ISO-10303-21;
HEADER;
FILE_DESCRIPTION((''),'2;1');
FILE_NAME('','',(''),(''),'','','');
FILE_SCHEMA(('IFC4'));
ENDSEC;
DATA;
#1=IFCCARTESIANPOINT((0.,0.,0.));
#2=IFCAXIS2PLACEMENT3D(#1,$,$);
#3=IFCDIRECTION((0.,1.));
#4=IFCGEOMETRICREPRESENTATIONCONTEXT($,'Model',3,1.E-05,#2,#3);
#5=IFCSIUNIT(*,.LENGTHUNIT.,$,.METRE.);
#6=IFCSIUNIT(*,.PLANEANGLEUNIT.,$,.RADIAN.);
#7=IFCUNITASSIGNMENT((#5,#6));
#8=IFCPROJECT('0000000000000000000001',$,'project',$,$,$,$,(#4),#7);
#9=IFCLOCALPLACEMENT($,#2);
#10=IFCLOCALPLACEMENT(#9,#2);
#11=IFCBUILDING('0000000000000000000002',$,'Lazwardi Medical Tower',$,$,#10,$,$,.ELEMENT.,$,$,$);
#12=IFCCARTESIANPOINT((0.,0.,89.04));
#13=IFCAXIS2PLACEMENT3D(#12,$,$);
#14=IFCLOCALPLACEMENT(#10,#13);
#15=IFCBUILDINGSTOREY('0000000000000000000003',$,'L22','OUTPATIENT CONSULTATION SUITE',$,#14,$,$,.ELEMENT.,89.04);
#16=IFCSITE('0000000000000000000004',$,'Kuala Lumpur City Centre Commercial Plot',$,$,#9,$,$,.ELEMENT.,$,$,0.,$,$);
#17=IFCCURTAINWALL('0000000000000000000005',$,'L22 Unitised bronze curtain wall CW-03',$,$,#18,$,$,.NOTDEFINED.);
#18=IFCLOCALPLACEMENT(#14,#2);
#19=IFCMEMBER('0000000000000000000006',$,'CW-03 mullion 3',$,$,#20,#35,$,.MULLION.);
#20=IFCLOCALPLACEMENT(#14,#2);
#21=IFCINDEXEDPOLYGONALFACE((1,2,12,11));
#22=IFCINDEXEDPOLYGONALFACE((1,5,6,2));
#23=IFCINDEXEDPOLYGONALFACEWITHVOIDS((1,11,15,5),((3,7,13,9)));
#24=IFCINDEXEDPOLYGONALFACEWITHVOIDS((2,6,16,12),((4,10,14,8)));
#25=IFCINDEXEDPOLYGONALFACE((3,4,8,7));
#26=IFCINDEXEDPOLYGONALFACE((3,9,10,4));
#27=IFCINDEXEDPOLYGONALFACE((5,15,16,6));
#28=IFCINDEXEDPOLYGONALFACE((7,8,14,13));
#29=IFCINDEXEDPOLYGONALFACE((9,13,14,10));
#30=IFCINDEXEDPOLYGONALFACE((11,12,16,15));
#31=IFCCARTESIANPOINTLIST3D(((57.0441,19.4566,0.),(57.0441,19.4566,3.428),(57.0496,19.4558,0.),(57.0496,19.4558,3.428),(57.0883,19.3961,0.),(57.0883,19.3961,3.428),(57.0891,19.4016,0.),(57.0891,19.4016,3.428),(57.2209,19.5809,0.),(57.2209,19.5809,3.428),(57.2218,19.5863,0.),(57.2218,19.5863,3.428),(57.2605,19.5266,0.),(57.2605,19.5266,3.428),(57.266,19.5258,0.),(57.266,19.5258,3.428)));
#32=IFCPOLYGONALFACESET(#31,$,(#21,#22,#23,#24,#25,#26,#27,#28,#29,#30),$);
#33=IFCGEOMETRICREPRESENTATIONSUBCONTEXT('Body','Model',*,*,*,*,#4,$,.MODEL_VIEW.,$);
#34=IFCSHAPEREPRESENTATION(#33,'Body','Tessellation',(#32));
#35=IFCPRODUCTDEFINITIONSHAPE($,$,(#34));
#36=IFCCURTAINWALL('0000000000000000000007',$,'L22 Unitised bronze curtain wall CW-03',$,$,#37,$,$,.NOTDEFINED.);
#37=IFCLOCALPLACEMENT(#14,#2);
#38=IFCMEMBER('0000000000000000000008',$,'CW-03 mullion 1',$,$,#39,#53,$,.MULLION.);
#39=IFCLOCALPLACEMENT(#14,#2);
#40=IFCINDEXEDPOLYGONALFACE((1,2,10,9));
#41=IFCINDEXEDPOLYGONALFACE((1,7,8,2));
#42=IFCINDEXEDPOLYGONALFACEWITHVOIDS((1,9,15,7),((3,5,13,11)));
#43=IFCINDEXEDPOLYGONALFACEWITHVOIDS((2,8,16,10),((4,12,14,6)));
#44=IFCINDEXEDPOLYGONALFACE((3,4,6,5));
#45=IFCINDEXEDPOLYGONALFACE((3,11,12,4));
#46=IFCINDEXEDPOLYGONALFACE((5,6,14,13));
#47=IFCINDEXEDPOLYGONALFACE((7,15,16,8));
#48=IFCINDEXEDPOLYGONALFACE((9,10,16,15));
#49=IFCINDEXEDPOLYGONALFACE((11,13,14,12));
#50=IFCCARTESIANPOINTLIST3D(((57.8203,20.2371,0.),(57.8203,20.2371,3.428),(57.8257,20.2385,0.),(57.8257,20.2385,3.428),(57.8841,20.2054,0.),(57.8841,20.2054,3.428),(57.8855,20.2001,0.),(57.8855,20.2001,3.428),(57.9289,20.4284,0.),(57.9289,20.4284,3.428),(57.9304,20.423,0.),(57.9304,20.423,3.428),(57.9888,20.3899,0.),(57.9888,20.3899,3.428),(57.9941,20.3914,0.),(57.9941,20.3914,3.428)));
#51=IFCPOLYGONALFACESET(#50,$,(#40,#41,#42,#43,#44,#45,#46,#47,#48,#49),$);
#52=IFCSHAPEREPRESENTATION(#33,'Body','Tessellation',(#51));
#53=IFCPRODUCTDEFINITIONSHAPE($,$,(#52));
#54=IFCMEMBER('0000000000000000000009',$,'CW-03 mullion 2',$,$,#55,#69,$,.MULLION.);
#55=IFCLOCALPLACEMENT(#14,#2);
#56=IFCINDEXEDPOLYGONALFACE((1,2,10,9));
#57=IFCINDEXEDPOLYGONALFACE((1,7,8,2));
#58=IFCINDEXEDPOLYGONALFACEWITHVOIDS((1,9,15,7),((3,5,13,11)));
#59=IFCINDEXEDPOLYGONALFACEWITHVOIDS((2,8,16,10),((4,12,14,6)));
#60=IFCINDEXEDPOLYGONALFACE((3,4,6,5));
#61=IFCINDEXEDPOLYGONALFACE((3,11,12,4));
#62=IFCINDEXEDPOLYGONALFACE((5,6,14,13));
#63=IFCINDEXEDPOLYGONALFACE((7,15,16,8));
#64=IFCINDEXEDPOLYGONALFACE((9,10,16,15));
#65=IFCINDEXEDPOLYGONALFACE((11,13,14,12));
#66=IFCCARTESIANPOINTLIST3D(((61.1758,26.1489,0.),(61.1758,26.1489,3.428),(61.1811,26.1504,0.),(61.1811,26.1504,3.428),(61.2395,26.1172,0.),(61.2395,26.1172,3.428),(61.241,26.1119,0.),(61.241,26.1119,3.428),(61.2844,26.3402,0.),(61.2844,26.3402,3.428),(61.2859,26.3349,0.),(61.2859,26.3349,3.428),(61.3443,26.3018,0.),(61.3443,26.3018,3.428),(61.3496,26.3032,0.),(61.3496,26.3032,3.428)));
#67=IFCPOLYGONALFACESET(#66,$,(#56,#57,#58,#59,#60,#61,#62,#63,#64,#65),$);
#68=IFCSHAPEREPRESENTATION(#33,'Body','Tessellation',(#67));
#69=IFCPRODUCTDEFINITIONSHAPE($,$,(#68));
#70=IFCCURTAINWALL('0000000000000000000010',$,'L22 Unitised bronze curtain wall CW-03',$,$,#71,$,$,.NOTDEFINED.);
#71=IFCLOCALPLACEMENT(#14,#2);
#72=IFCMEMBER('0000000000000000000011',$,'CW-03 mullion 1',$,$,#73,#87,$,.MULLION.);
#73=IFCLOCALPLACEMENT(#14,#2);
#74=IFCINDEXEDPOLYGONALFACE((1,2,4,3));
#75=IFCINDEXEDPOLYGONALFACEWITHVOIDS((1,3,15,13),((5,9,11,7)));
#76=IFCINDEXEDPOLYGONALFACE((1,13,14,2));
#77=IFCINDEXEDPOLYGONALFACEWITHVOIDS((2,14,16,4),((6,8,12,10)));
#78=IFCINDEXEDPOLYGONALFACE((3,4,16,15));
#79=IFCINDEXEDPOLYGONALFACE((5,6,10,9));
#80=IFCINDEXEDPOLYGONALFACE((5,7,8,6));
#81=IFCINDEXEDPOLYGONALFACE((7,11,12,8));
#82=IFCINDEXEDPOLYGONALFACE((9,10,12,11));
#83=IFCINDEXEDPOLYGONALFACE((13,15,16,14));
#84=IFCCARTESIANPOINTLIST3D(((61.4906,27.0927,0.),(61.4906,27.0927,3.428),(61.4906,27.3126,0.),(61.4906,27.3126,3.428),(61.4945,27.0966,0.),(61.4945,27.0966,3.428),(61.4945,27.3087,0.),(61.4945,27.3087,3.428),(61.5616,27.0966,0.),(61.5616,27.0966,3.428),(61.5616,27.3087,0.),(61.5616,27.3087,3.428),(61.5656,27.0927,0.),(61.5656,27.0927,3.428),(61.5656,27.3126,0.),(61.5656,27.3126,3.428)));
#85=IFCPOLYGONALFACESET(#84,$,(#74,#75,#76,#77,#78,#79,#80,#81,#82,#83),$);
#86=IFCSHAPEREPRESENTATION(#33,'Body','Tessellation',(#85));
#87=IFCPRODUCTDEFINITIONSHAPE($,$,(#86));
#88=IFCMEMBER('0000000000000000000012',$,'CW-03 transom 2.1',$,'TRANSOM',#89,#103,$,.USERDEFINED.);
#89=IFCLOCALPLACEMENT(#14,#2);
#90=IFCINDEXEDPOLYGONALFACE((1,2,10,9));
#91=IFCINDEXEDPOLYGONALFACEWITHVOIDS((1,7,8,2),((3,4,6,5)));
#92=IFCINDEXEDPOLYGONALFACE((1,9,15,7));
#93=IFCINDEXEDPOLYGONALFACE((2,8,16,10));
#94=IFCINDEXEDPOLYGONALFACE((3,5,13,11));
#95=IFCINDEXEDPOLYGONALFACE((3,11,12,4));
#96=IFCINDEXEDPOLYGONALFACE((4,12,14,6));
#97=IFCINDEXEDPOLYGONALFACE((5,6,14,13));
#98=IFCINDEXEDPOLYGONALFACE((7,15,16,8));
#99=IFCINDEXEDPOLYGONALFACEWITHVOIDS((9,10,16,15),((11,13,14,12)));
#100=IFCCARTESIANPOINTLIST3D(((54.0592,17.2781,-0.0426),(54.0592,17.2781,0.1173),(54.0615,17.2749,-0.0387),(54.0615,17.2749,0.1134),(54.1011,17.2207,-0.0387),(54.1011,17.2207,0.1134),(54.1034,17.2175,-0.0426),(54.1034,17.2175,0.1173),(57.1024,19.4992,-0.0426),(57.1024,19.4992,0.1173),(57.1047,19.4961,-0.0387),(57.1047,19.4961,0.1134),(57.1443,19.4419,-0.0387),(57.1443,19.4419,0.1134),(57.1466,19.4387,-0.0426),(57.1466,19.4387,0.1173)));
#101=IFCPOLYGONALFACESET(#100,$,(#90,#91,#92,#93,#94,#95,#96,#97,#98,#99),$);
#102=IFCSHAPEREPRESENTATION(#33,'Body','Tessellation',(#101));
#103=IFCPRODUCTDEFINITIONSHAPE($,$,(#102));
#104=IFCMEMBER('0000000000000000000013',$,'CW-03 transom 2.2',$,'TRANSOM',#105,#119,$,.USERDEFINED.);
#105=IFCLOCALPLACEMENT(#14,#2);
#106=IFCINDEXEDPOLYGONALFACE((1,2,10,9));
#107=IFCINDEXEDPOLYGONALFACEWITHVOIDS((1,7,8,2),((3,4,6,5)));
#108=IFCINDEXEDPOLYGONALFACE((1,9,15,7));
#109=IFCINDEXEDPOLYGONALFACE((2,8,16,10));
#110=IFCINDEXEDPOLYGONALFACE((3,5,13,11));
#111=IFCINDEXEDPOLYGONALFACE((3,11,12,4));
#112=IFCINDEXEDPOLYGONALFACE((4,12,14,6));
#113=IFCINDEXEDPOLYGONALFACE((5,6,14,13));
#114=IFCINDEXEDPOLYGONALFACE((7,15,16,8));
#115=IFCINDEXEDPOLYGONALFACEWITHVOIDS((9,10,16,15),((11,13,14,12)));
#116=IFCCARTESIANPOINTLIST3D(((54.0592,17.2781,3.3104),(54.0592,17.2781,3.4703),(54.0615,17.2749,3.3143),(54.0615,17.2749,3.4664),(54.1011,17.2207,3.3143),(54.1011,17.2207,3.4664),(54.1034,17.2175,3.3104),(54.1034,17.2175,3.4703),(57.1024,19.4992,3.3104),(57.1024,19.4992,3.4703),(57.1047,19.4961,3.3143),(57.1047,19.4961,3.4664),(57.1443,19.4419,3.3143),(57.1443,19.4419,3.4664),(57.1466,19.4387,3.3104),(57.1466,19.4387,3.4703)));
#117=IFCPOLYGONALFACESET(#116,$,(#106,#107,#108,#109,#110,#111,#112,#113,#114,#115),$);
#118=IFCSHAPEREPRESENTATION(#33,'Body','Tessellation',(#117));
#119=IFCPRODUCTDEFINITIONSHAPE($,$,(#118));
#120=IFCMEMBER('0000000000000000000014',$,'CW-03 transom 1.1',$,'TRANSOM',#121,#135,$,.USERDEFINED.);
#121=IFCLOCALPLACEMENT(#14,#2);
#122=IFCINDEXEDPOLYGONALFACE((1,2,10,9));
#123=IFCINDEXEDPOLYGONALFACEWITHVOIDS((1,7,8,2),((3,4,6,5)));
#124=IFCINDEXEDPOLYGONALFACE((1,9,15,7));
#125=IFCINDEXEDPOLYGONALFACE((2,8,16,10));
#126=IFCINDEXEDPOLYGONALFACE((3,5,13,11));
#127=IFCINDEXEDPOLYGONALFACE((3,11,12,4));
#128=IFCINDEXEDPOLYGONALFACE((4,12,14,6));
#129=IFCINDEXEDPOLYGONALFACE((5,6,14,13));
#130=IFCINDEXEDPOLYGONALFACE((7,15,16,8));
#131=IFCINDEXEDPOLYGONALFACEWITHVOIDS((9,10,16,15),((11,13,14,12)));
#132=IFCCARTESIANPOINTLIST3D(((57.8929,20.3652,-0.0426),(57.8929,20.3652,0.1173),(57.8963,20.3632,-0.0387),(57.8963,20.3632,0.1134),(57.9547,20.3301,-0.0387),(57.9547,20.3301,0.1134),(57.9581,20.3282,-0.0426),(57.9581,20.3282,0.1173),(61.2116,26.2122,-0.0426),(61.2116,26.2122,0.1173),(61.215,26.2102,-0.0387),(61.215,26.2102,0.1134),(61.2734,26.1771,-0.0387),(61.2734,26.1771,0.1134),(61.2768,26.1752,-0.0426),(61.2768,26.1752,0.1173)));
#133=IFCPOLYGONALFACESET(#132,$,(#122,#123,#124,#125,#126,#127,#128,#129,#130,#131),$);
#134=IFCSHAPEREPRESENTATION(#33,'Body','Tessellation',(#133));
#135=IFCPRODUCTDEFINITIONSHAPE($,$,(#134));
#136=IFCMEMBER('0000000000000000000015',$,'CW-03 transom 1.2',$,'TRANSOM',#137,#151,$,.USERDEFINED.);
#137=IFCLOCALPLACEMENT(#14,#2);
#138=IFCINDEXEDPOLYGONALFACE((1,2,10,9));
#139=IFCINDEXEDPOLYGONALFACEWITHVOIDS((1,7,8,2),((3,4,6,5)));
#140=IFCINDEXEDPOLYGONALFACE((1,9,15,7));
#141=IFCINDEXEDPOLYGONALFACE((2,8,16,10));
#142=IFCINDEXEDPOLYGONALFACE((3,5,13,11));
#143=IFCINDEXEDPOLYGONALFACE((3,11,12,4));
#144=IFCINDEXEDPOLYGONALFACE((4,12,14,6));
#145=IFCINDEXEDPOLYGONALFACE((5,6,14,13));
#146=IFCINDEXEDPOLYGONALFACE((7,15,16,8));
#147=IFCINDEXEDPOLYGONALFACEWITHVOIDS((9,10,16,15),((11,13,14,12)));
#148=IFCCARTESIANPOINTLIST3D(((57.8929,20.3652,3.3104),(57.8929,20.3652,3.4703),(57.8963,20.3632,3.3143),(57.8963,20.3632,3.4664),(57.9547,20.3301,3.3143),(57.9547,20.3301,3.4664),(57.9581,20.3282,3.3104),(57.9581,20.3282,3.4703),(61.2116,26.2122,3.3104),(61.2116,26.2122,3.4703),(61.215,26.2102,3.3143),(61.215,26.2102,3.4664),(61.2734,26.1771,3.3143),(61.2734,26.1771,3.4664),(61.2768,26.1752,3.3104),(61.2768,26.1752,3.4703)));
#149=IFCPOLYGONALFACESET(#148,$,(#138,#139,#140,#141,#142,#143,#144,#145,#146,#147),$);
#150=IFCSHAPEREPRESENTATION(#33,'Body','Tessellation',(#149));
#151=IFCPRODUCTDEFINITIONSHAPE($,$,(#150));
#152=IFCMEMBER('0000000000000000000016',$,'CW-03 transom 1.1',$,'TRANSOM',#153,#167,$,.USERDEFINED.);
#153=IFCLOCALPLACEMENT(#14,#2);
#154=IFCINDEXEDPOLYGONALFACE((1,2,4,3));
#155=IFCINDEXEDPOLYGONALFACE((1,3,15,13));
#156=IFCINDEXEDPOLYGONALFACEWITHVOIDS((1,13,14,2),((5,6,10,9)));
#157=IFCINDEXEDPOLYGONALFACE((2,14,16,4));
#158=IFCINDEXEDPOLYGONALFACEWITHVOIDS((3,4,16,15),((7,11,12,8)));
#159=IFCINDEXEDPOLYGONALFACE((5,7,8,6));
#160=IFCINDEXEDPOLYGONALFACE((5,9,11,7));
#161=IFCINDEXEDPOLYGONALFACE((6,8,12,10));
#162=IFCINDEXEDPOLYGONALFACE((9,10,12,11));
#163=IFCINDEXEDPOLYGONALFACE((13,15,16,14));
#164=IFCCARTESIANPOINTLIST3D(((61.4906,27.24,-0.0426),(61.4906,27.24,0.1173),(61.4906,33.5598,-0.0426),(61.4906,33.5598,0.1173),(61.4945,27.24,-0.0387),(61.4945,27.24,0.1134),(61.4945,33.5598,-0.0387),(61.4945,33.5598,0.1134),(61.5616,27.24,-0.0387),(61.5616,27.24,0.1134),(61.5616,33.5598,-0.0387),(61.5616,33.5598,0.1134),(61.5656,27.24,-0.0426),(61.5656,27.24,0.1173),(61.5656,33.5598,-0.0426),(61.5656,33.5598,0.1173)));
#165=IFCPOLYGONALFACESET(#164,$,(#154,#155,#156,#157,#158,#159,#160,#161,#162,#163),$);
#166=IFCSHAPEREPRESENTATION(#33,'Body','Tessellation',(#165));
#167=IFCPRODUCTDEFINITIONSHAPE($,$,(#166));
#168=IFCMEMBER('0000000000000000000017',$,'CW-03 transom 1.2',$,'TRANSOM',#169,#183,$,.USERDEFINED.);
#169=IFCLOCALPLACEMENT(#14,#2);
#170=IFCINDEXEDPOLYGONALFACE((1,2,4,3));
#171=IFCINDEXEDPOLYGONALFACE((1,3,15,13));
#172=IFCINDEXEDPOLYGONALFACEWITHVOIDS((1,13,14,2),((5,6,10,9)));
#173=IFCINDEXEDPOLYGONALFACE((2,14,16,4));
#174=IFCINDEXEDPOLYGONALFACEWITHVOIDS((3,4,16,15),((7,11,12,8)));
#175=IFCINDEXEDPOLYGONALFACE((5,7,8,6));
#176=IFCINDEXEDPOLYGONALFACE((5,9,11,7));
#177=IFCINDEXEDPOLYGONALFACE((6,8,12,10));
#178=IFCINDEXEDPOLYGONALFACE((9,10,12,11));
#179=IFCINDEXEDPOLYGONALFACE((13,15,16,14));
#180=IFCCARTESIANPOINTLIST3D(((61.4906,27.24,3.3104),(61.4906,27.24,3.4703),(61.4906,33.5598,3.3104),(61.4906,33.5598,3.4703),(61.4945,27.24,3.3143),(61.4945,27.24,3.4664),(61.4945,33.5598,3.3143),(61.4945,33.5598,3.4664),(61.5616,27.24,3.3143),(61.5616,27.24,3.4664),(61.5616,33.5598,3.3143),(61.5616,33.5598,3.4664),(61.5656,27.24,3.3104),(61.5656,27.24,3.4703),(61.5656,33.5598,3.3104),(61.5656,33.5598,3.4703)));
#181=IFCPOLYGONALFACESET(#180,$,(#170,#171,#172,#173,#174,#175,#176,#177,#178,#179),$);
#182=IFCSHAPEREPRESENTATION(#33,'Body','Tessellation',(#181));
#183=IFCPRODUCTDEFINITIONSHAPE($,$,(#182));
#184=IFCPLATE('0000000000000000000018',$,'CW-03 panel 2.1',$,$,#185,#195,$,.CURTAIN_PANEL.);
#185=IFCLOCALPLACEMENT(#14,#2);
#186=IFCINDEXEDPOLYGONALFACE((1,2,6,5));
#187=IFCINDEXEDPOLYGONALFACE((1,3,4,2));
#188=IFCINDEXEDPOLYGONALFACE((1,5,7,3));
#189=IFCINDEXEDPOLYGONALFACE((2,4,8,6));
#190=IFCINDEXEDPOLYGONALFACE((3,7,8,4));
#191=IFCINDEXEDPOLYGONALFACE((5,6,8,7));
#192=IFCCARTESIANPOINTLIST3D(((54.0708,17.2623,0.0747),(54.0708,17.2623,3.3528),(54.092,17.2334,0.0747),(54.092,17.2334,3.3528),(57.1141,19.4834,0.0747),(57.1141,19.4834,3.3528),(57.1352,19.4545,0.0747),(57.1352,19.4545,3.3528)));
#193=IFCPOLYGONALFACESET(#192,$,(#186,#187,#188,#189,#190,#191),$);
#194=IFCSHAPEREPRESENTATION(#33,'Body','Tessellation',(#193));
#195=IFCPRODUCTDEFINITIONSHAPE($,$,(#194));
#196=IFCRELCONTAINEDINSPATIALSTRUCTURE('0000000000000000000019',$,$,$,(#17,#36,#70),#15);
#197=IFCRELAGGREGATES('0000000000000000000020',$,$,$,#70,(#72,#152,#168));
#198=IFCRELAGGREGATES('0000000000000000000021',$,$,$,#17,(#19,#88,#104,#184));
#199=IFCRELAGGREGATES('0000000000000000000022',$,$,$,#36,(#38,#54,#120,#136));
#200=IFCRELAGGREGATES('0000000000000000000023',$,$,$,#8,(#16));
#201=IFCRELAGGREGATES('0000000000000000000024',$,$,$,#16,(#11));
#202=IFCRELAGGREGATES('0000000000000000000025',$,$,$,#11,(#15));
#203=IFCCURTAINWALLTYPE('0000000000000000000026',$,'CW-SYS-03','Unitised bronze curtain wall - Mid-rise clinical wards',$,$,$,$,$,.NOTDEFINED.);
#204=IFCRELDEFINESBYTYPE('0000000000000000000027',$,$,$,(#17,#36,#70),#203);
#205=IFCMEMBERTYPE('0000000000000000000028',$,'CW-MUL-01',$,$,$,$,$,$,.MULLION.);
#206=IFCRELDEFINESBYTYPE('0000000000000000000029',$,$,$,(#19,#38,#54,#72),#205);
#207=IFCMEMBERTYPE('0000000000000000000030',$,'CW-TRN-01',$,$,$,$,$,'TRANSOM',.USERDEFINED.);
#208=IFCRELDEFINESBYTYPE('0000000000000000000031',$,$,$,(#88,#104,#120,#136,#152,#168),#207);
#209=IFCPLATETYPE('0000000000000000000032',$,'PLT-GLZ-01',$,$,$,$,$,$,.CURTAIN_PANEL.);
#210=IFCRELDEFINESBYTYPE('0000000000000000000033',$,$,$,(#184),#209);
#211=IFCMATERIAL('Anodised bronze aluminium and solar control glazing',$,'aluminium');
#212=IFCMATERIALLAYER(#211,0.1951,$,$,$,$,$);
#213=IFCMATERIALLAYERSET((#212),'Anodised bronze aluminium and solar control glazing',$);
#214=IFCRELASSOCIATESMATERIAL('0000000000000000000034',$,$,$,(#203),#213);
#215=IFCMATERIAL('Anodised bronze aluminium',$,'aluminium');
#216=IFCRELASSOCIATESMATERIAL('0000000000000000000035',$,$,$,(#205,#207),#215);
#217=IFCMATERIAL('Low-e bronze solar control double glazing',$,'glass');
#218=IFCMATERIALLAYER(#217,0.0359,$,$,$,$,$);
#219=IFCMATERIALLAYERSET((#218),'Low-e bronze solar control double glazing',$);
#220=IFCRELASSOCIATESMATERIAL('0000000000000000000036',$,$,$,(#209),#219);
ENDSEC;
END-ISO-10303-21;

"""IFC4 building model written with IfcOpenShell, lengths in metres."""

from ifc_helpers import new_model, si_unit, direction, frame, origin, origin_2d, place, context, subcontext, project, spatial, rectangle, hollow_rectangle, extrude, material, layer, layer_set, material_profile, profile_set, type_object, element, aggregate, save


model = new_model("IFC4")

# Units and contexts
model_context = context("Model", 3, precision=1e-05, world=origin(), true_north=direction((0.0, 1.0)))
body_context = subcontext(model_context, "Body", "Model", "MODEL_VIEW")
ifc_project = project(units=[si_unit("LENGTHUNIT", "METRE"), si_unit("PLANEANGLEUNIT", "RADIAN")], contexts=[model_context])

# Site, building, storey
site_placement = place(None, origin())
site = spatial("IfcSite", under=ifc_project, at=site_placement, Name="Kuala Lumpur City Centre Commercial Plot", CompositionType="ELEMENT", RefElevation=0.0)
building_placement = place(site_placement, origin())
building = spatial("IfcBuilding", under=site, at=building_placement, Name="Lazwardi Medical Tower", CompositionType="ELEMENT")
storey_placement = place(building_placement, frame((0.0, 0.0, 89.04)))
storey = spatial("IfcBuildingStorey", under=building, at=storey_placement, Name="L22", Description="OUTPATIENT CONSULTATION SUITE", CompositionType="ELEMENT", Elevation=89.04)

# Curtain wall, member
ifc_material_1 = material(Name="Anodised bronze aluminium and solar control glazing", Category="aluminium")
ifc_layer_1 = layer(ifc_material_1, 0.1951)
ifc_layer_set_1 = layer_set([ifc_layer_1], Name="Anodised bronze aluminium and solar control glazing")
curtain_wall_type = type_object("IfcCurtainWallType", Name="CW-SYS-03", Description="Unitised bronze curtain wall - Mid-rise clinical wards", PredefinedType="NOTDEFINED", material=ifc_layer_set_1)
curtain_wall_1_placement = place(storey_placement, origin())
curtain_wall_1 = element("IfcCurtainWall", 1, at=curtain_wall_1_placement, inside=storey, type_object=curtain_wall_type, Name="L22 Unitised bronze curtain wall CW-03", PredefinedType="NOTDEFINED")
ifc_material_2 = material(Name="Anodised bronze aluminium", Category="aluminium")
ifc_material_profile_1 = material_profile(ifc_material_2, hollow_rectangle(XDim=0.075, YDim=0.22, WallThickness=0.0039, at=origin_2d()), Name="ALU-MULLION 220x75x4")
ifc_profile_set_1 = profile_set([ifc_material_profile_1], Name="Anodised bronze aluminium")
member_type_1 = type_object("IfcMemberType", Name="CW-MUL-01", PredefinedType="MULLION", material=ifc_profile_set_1)
member_1_placement = place(storey_placement, frame((57.155, 19.4912, 0.0), z_axis=(0.0, 0.0, 1.0), x_axis=(-0.589531, 0.807746, 0.0)))
member_1 = element("IfcMember", 2, at=member_1_placement, type_object=member_type_1, Name="CW-03 mullion 3", PredefinedType="MULLION", context=body_context, shape_type="SweptSolid", body=[
    extrude(hollow_rectangle(XDim=0.075, YDim=0.22, WallThickness=0.0039, at=origin_2d()), origin(), (0.0, 0.0, 1.0), 3.428),
])

# Curtain wall, members
curtain_wall_2_placement = place(storey_placement, origin())
curtain_wall_2 = element("IfcCurtainWall", 3, at=curtain_wall_2_placement, inside=storey, type_object=curtain_wall_type, Name="L22 Unitised bronze curtain wall CW-03", PredefinedType="NOTDEFINED")
member_2_placement = place(storey_placement, frame((57.9072, 20.3142, 0.0), z_axis=(0.0, 0.0, 1.0), x_axis=(-0.869687, 0.493603, 0.0)))
member_2 = element("IfcMember", 4, at=member_2_placement, type_object=member_type_1, Name="CW-03 mullion 1", PredefinedType="MULLION", context=body_context, shape_type="SweptSolid", body=[
    extrude(hollow_rectangle(XDim=0.075, YDim=0.22, WallThickness=0.0039, at=origin_2d()), origin(), (0.0, 0.0, 1.0), 3.428),
])
member_3_placement = place(storey_placement, frame((61.2627, 26.2261, 0.0), z_axis=(0.0, 0.0, 1.0), x_axis=(-0.869687, 0.493603, 0.0)))
member_3 = element("IfcMember", 5, at=member_3_placement, type_object=member_type_1, Name="CW-03 mullion 2", PredefinedType="MULLION", context=body_context, shape_type="SweptSolid", body=[
    extrude(hollow_rectangle(XDim=0.075, YDim=0.22, WallThickness=0.0039, at=origin_2d()), origin(), (0.0, 0.0, 1.0), 3.428),
])

# Curtain wall, member
curtain_wall_3_placement = place(storey_placement, origin())
curtain_wall_3 = element("IfcCurtainWall", 6, at=curtain_wall_3_placement, inside=storey, type_object=curtain_wall_type, Name="L22 Unitised bronze curtain wall CW-03", PredefinedType="NOTDEFINED")
member_4_placement = place(storey_placement, frame((61.5281, 27.2026, 0.0), z_axis=(0.0, 0.0, 1.0), x_axis=(-1.0, 0.0, 0.0)))
member_4 = element("IfcMember", 7, at=member_4_placement, type_object=member_type_1, Name="CW-03 mullion 1", PredefinedType="MULLION", context=body_context, shape_type="SweptSolid", body=[
    extrude(hollow_rectangle(XDim=0.075, YDim=0.22, WallThickness=0.0039, at=origin_2d()), origin(), (0.0, 0.0, 1.0), 3.428),
])

# Members
ifc_material_profile_2 = material_profile(ifc_material_2, hollow_rectangle(XDim=0.075, YDim=0.1599, WallThickness=0.0039, at=origin_2d()), Name="ALU-TRANSOM 160x75x4")
ifc_profile_set_2 = profile_set([ifc_material_profile_2], Name="Anodised bronze aluminium")
member_type_2 = type_object("IfcMemberType", Name="CW-TRN-01", ElementType="TRANSOM", PredefinedType="USERDEFINED", material=ifc_profile_set_2)
member_5_placement = place(storey_placement, frame((54.0813, 17.2478, 0.0374), z_axis=(0.807732, 0.58955, 0.0), x_axis=(-0.58955, 0.807732, 0.0)))
member_5 = element("IfcMember", 8, at=member_5_placement, type_object=member_type_2, Name="CW-03 transom 2.1", ObjectType="TRANSOM", PredefinedType="USERDEFINED", context=body_context, shape_type="SweptSolid", body=[
    extrude(hollow_rectangle(XDim=0.075, YDim=0.1599, WallThickness=0.0039, at=origin_2d()), origin(), (0.0, 0.0, 1.0), 3.7676),
])
member_6_placement = place(storey_placement, frame((54.0813, 17.2478, 3.3904), z_axis=(0.807732, 0.58955, 0.0), x_axis=(-0.58955, 0.807732, 0.0)))
member_6 = element("IfcMember", 9, at=member_6_placement, type_object=member_type_2, Name="CW-03 transom 2.2", ObjectType="TRANSOM", PredefinedType="USERDEFINED", context=body_context, shape_type="SweptSolid", body=[
    extrude(hollow_rectangle(XDim=0.075, YDim=0.1599, WallThickness=0.0039, at=origin_2d()), origin(), (0.0, 0.0, 1.0), 3.7676),
])
member_7_placement = place(storey_placement, frame((57.9255, 20.3467, 0.0374), z_axis=(0.493614, 0.869681, 0.0), x_axis=(-0.869681, 0.493614, 0.0)))
member_7 = element("IfcMember", 10, at=member_7_placement, type_object=member_type_2, Name="CW-03 transom 1.1", ObjectType="TRANSOM", PredefinedType="USERDEFINED", context=body_context, shape_type="SweptSolid", body=[
    extrude(hollow_rectangle(XDim=0.075, YDim=0.1599, WallThickness=0.0039, at=origin_2d()), origin(), (0.0, 0.0, 1.0), 6.7231),
])
member_8_placement = place(storey_placement, frame((57.9255, 20.3467, 3.3904), z_axis=(0.493614, 0.869681, 0.0), x_axis=(-0.869681, 0.493614, 0.0)))
member_8 = element("IfcMember", 11, at=member_8_placement, type_object=member_type_2, Name="CW-03 transom 1.2", ObjectType="TRANSOM", PredefinedType="USERDEFINED", context=body_context, shape_type="SweptSolid", body=[
    extrude(hollow_rectangle(XDim=0.075, YDim=0.1599, WallThickness=0.0039, at=origin_2d()), origin(), (0.0, 0.0, 1.0), 6.7231),
])
member_9_placement = place(storey_placement, frame((61.5281, 27.24, 0.0374), z_axis=(0.0, 1.0, 0.0), x_axis=(-1.0, 0.0, 0.0)))
member_9 = element("IfcMember", 12, at=member_9_placement, type_object=member_type_2, Name="CW-03 transom 1.1", ObjectType="TRANSOM", PredefinedType="USERDEFINED", context=body_context, shape_type="SweptSolid", body=[
    extrude(hollow_rectangle(XDim=0.075, YDim=0.1599, WallThickness=0.0039, at=origin_2d()), origin(), (0.0, 0.0, 1.0), 6.3198),
])
member_10_placement = place(storey_placement, frame((61.5281, 27.24, 3.3904), z_axis=(0.0, 1.0, 0.0), x_axis=(-1.0, 0.0, 0.0)))
member_10 = element("IfcMember", 13, at=member_10_placement, type_object=member_type_2, Name="CW-03 transom 1.2", ObjectType="TRANSOM", PredefinedType="USERDEFINED", context=body_context, shape_type="SweptSolid", body=[
    extrude(hollow_rectangle(XDim=0.075, YDim=0.1599, WallThickness=0.0039, at=origin_2d()), origin(), (0.0, 0.0, 1.0), 6.3198),
])
aggregate(curtain_wall_3, [member_4, member_9, member_10])

# Plate
ifc_material_3 = material(Name="Low-e bronze solar control double glazing", Category="glass")
ifc_layer_2 = layer(ifc_material_3, 0.0359)
ifc_layer_set_2 = layer_set([ifc_layer_2], Name="Low-e bronze solar control double glazing")
plate_type = type_object("IfcPlateType", Name="PLT-GLZ-01", PredefinedType="CURTAIN_PANEL", material=ifc_layer_set_2)
plate_1_placement = place(storey_placement, frame((55.603, 18.3584, 0.0747), z_axis=(0.0, 0.0, 1.0), x_axis=(0.807746, 0.589531, 0.0)))
plate_1 = element("IfcPlate", 14, at=plate_1_placement, type_object=plate_type, Name="CW-03 panel 2.1", PredefinedType="CURTAIN_PANEL", context=body_context, shape_type="SweptSolid", body=[
    extrude(rectangle(XDim=3.7676, YDim=0.0359, at=origin_2d()), origin(), (0.0, 0.0, 1.0), 3.2781),
])
aggregate(curtain_wall_1, [member_1, member_5, member_6, plate_1])
aggregate(curtain_wall_2, [member_2, member_3, member_7, member_8])

save(model, "model.ifc")
